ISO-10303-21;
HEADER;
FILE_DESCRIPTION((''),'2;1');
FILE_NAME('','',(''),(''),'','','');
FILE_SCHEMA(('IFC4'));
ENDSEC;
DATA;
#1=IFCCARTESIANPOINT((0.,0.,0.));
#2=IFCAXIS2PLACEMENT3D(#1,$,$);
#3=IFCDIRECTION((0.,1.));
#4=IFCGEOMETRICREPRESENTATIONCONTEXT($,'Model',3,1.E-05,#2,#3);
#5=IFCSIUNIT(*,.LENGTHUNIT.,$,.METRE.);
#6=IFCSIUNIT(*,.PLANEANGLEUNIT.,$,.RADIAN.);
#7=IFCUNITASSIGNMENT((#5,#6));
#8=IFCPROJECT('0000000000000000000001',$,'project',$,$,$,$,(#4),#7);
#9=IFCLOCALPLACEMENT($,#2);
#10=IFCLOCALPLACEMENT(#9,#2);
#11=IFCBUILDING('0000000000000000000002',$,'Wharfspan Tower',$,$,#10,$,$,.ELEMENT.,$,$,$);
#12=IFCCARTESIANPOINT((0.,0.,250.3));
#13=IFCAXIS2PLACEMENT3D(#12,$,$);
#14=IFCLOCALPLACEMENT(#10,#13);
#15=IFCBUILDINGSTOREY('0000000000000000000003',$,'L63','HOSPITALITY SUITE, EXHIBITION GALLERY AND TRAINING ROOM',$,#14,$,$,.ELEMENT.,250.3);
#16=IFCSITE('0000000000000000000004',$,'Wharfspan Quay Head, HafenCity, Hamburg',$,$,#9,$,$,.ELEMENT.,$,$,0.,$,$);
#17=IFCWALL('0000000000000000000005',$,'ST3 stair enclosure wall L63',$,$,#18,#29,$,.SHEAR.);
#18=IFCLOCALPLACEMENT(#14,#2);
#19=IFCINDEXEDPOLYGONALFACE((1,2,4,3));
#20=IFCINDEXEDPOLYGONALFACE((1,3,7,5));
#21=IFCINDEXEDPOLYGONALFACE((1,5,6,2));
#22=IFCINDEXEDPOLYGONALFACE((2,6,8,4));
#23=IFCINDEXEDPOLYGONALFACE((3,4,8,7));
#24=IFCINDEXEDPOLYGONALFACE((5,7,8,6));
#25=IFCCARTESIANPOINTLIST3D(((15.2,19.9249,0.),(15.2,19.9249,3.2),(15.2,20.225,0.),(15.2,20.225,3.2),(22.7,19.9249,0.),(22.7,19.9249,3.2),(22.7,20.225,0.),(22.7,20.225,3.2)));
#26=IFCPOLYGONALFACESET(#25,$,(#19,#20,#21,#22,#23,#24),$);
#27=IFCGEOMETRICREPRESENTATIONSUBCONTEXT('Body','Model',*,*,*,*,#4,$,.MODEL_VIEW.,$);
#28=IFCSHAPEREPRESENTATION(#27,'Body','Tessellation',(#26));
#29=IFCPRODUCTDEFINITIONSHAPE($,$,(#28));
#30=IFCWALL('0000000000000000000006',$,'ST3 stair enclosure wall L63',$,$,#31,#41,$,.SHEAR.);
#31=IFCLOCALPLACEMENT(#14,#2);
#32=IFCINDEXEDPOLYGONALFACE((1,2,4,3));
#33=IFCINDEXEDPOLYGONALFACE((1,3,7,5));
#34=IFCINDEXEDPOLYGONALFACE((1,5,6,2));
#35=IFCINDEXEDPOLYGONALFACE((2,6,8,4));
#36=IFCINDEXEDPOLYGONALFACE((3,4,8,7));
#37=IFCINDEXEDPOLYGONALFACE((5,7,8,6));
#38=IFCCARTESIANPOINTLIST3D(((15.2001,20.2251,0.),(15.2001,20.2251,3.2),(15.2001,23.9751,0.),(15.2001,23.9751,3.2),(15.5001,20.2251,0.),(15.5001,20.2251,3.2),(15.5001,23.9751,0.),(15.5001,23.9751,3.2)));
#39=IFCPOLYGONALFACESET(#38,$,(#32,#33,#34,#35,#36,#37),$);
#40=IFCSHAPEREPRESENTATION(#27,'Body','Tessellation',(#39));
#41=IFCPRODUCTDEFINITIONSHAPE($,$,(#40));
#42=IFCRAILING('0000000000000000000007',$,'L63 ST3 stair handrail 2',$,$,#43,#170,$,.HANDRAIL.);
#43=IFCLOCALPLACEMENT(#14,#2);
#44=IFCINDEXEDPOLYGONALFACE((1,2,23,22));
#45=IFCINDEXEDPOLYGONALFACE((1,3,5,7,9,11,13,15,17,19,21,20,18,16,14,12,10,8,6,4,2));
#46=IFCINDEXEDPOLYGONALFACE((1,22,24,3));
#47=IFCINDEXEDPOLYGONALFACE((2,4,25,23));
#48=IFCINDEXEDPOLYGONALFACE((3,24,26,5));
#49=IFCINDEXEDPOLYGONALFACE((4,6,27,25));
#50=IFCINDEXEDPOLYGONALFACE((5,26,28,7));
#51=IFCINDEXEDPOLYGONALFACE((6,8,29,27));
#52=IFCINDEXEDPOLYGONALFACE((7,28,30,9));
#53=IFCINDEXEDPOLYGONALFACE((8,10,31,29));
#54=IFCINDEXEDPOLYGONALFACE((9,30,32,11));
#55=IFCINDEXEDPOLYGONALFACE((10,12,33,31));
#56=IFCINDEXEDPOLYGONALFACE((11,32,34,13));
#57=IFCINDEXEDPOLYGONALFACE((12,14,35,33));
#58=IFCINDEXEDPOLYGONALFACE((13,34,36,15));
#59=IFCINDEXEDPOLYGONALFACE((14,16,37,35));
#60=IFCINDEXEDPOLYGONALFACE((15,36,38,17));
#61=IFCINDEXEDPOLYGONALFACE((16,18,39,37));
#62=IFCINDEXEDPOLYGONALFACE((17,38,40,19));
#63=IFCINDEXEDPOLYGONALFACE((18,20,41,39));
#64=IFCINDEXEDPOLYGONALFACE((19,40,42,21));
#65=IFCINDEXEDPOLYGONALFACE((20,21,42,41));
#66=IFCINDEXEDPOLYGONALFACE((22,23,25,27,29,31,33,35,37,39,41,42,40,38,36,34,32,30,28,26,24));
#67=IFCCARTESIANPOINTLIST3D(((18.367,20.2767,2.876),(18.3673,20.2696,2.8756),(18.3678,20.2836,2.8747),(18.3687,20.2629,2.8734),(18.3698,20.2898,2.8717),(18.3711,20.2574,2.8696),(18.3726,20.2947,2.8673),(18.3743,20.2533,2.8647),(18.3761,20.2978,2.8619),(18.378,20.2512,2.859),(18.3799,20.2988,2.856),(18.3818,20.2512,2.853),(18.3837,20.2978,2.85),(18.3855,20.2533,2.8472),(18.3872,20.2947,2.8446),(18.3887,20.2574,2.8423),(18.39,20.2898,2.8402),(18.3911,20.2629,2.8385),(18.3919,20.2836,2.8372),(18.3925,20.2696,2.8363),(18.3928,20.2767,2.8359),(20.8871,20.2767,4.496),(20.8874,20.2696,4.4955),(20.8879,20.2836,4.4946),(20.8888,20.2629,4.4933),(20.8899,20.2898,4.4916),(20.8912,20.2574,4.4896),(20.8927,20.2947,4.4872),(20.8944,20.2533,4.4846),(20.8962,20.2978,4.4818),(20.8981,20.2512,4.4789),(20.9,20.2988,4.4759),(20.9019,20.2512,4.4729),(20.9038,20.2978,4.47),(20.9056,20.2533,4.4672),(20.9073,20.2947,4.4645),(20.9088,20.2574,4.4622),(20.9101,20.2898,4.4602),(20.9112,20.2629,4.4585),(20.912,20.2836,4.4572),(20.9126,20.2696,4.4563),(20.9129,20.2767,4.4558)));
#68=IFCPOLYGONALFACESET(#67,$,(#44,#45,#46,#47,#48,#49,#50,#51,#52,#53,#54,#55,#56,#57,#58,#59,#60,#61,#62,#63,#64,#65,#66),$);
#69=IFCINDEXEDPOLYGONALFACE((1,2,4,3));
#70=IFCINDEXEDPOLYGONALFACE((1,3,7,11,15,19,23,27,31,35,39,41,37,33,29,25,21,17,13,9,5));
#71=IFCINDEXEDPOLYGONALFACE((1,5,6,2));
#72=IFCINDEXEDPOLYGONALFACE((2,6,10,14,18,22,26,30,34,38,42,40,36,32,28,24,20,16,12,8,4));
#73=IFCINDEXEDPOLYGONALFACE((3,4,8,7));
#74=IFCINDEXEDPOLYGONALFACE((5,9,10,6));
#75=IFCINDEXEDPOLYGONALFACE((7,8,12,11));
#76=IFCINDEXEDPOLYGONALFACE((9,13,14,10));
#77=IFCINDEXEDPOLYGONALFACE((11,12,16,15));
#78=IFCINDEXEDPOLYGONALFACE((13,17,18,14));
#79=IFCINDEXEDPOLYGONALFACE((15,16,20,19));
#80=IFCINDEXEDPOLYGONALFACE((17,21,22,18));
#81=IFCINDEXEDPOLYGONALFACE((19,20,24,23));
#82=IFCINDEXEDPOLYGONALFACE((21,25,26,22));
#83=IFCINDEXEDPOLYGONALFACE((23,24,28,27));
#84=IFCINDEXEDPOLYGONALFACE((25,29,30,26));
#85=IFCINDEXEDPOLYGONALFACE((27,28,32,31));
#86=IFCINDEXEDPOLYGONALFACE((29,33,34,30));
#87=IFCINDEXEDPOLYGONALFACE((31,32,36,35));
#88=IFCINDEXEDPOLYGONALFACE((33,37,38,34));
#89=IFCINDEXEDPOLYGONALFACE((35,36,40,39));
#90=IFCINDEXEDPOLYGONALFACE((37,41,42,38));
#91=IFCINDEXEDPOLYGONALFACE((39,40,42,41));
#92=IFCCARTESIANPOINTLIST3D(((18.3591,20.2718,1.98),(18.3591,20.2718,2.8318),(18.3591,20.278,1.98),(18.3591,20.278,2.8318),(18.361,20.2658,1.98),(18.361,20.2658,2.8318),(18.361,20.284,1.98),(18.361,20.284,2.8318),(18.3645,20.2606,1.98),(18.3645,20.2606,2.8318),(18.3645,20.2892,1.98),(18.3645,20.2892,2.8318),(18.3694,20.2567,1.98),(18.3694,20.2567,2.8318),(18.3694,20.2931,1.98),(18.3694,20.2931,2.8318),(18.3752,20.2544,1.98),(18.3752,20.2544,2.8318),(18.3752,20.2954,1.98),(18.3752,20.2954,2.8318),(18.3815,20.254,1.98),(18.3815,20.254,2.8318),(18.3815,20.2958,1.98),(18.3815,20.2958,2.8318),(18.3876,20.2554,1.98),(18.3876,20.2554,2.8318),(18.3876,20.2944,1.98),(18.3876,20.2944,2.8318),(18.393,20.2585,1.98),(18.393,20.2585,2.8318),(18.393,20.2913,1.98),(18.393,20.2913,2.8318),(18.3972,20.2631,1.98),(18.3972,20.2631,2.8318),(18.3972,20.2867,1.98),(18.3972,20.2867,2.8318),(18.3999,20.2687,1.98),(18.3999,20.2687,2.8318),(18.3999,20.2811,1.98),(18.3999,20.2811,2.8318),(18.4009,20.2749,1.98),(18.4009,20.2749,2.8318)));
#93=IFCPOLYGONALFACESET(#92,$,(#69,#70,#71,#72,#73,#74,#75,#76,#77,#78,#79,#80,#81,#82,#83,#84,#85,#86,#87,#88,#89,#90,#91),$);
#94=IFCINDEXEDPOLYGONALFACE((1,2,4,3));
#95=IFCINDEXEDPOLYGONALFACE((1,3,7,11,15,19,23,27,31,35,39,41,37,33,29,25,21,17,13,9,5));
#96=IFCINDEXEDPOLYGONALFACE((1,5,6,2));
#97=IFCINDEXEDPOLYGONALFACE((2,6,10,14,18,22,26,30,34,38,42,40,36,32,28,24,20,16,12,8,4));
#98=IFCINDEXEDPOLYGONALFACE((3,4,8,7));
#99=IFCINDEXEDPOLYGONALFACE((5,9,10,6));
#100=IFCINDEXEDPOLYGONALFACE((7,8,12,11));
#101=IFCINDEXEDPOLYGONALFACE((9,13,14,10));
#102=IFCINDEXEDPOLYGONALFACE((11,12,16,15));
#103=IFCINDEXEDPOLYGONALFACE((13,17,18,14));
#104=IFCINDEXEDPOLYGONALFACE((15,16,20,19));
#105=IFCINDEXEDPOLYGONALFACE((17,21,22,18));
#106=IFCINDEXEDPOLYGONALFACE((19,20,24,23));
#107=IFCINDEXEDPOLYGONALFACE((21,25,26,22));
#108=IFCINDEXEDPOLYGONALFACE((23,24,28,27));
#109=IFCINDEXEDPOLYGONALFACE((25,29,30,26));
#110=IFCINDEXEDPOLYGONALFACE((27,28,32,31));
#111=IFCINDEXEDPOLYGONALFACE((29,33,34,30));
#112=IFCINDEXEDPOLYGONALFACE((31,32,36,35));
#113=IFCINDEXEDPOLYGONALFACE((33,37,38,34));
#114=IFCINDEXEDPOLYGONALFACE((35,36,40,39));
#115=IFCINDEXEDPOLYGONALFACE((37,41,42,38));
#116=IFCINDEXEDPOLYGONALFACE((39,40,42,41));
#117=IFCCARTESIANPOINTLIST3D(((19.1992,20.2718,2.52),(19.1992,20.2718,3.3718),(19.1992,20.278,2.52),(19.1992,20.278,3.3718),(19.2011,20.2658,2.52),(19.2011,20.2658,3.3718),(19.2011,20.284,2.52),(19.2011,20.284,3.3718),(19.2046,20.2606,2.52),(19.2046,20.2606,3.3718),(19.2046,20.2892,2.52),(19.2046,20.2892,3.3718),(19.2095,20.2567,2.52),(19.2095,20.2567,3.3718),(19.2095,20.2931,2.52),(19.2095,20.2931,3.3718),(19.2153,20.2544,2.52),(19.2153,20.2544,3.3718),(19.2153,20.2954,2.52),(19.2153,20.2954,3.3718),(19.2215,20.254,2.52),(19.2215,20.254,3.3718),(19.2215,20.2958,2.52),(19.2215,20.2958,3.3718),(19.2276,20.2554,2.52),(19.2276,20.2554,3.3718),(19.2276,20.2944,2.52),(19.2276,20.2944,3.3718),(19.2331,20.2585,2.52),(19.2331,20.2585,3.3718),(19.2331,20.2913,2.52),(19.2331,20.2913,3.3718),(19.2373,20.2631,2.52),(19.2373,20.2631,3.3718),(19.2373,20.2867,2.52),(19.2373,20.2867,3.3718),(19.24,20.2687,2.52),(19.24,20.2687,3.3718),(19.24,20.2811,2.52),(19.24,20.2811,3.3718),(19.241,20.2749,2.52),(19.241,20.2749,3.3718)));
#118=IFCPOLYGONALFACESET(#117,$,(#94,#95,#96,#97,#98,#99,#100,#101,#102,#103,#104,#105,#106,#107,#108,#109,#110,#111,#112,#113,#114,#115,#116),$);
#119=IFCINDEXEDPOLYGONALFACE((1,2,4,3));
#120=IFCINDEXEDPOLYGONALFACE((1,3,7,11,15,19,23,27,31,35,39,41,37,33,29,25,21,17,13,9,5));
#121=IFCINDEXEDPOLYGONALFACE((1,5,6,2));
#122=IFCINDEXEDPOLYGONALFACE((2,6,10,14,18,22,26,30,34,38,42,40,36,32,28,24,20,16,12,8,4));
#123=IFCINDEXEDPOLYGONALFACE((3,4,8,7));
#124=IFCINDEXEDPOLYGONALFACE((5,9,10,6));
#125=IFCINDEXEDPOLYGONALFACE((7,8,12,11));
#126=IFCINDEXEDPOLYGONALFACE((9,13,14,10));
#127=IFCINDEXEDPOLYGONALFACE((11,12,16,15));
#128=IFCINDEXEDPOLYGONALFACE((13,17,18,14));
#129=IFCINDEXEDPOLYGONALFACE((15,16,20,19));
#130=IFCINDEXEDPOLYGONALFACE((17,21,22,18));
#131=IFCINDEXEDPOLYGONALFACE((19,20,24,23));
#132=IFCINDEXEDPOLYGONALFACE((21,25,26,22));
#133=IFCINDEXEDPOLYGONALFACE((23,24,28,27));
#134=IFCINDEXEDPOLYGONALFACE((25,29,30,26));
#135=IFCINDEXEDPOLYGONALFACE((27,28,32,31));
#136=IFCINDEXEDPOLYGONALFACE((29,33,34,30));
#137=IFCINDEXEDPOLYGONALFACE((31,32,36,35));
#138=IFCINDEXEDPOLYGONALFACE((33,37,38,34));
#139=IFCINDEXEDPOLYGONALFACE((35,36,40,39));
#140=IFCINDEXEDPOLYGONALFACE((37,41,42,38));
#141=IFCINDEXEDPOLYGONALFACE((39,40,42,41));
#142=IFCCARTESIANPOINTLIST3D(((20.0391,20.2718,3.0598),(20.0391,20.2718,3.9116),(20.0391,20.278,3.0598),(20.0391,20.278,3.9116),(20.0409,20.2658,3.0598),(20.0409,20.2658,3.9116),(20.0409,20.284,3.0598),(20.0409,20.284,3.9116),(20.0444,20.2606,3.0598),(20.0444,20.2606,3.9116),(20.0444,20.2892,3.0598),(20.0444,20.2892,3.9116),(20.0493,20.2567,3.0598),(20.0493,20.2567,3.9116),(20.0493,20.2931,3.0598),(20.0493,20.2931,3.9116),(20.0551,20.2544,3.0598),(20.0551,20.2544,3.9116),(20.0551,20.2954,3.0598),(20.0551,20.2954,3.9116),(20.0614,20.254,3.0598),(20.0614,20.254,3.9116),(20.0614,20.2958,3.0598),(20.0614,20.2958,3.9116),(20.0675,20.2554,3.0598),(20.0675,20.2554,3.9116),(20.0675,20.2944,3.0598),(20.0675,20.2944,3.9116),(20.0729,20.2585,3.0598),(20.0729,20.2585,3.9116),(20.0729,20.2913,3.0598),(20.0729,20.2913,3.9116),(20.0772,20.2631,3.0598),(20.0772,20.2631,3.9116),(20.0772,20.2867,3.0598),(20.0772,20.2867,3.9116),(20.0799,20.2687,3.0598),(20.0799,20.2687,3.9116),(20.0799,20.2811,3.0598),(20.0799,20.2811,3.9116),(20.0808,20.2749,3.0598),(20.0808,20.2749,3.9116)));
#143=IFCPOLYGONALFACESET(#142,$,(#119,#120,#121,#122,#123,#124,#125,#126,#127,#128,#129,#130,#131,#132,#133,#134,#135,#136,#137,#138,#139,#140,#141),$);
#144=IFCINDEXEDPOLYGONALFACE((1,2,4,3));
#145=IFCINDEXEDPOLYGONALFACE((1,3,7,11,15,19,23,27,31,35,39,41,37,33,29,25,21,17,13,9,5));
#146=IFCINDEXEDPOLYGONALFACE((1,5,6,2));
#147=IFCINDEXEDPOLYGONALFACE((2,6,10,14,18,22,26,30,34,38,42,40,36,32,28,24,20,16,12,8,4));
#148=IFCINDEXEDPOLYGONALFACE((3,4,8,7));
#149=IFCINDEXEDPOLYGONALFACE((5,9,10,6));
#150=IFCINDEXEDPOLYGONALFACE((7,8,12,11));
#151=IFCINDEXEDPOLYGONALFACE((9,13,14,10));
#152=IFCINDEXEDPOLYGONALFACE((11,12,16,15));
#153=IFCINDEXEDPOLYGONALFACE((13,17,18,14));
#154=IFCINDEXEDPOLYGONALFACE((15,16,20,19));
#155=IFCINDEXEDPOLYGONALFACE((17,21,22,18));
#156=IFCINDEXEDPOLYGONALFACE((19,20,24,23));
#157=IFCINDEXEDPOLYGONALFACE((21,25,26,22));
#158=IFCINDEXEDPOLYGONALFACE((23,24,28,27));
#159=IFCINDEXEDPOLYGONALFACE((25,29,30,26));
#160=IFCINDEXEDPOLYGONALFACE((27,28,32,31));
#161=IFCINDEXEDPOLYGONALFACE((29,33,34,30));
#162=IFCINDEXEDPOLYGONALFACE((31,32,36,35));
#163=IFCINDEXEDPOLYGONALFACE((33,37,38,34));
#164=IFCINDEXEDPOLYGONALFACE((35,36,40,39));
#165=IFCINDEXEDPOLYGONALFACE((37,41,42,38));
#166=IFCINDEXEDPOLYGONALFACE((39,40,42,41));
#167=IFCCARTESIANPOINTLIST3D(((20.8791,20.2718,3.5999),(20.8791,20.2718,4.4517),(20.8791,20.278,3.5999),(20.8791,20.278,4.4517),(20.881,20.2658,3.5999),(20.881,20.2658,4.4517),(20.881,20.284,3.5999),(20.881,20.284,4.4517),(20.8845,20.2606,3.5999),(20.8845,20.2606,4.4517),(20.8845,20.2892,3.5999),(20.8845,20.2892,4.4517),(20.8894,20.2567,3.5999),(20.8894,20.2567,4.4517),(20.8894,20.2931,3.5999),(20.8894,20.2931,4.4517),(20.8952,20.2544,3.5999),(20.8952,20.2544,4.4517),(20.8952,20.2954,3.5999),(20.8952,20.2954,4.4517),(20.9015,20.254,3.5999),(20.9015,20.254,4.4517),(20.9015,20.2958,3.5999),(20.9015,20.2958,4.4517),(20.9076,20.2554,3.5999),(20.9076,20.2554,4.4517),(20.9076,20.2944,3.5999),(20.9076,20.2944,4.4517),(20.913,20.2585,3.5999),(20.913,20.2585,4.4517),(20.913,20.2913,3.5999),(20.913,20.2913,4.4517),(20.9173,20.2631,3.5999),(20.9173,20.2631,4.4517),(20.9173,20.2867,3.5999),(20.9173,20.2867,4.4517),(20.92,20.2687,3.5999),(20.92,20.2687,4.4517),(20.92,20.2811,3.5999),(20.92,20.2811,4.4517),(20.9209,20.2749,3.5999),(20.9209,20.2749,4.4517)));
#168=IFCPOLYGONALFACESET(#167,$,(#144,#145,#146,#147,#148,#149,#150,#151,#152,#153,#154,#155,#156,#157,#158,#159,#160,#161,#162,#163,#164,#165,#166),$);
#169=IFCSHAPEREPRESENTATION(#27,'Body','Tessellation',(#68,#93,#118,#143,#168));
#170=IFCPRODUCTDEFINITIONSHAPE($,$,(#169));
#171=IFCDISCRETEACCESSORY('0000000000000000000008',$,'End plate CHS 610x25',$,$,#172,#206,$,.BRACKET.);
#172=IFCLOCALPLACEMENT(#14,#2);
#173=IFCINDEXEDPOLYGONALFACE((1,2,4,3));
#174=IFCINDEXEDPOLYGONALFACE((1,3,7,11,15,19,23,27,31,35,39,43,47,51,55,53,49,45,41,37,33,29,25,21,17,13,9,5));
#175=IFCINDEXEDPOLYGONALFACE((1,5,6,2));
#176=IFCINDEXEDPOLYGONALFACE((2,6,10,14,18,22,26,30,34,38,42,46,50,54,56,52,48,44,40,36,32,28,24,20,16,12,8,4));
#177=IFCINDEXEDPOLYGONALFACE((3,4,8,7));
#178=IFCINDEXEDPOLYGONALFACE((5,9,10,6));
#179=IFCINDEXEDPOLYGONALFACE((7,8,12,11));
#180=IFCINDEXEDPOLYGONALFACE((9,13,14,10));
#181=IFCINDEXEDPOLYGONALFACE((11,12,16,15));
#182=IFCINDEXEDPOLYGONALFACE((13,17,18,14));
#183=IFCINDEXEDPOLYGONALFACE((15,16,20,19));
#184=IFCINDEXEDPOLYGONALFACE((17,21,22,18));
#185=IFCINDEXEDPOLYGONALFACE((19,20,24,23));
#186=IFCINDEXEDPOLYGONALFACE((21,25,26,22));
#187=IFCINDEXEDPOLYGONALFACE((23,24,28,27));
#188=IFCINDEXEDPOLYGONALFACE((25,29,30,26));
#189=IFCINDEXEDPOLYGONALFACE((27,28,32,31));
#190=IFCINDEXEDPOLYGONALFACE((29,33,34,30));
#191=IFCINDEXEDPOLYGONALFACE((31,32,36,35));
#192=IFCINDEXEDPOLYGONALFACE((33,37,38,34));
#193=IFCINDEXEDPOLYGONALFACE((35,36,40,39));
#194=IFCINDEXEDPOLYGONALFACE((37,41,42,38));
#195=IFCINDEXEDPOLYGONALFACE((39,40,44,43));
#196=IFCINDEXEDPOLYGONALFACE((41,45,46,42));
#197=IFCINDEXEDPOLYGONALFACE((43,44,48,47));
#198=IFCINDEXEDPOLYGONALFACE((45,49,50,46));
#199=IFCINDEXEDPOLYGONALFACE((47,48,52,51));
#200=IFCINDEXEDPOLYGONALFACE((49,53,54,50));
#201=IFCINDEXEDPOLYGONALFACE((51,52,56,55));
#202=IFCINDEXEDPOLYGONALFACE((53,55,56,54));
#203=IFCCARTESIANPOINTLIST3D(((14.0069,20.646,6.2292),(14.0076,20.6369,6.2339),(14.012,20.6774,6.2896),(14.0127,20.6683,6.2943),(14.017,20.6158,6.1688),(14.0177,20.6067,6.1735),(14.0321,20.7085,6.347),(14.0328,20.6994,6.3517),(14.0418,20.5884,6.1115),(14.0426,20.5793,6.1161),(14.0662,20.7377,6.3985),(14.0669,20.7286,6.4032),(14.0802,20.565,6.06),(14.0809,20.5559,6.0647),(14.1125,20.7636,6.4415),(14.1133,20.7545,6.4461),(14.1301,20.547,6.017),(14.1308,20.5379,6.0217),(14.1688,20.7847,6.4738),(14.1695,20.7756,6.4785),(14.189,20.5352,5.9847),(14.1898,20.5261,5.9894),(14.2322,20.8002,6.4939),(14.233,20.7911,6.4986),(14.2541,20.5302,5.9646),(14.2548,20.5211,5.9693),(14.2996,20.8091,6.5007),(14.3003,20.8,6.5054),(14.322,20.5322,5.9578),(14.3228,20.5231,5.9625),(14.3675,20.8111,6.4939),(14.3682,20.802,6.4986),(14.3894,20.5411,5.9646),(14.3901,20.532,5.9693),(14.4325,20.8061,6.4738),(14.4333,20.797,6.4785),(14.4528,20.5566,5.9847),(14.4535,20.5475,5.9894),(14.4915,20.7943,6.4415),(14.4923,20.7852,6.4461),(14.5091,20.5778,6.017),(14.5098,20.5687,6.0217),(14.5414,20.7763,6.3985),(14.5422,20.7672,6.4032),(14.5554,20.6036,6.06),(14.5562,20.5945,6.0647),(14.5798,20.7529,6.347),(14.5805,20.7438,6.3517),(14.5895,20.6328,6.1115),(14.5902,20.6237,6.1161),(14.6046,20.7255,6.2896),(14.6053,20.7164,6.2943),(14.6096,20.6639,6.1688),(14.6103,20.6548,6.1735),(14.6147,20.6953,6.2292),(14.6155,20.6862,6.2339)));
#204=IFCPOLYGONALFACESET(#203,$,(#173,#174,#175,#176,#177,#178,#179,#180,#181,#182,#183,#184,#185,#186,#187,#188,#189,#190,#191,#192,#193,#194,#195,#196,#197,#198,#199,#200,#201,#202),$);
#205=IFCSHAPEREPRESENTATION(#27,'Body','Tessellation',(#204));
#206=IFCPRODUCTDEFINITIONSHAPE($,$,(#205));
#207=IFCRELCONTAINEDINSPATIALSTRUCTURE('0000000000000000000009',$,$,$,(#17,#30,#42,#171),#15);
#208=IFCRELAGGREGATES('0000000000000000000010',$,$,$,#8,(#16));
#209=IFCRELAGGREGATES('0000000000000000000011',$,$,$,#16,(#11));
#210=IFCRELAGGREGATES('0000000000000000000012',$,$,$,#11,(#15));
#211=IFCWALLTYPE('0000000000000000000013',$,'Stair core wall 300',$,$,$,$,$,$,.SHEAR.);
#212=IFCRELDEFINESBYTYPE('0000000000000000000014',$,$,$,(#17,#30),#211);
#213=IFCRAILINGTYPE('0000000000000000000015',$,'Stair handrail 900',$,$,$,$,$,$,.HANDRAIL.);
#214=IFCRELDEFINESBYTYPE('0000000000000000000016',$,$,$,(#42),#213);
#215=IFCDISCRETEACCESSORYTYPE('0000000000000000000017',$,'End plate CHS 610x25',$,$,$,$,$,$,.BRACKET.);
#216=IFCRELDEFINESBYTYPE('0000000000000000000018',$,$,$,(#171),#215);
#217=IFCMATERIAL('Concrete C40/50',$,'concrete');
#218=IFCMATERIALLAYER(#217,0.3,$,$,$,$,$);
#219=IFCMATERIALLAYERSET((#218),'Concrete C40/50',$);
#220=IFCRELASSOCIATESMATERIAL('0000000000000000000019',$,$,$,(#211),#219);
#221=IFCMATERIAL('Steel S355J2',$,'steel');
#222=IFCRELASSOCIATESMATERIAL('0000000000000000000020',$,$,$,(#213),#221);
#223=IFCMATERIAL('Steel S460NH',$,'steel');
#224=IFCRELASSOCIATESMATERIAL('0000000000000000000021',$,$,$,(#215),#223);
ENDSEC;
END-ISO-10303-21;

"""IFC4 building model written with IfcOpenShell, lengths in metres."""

from ifc_helpers import new_model, si_unit, direction, frame, frame_2d, origin, origin_2d, place, context, subcontext, project, spatial, rectangle, circle, extrude, material, layer, layer_set, material_profile, profile_set, type_object, element, save


model = new_model("IFC4")

# Units and contexts
model_context = context("Model", 3, precision=1e-05, world=origin(), true_north=direction((0.0, 1.0)))
body_context = subcontext(model_context, "Body", "Model", "MODEL_VIEW")
ifc_project = project(units=[si_unit("LENGTHUNIT", "METRE"), si_unit("PLANEANGLEUNIT", "RADIAN")], contexts=[model_context])

# Site, building, storey
site_placement = place(None, origin())
site = spatial("IfcSite", under=ifc_project, at=site_placement, Name="Wharfspan Quay Head, HafenCity, Hamburg", CompositionType="ELEMENT", RefElevation=0.0)
building_placement = place(site_placement, origin())
building = spatial("IfcBuilding", under=site, at=building_placement, Name="Wharfspan Tower", CompositionType="ELEMENT")
storey_placement = place(building_placement, frame((0.0, 0.0, 250.3)))
storey = spatial("IfcBuildingStorey", under=building, at=storey_placement, Name="L63", Description="HOSPITALITY SUITE, EXHIBITION GALLERY AND TRAINING ROOM", CompositionType="ELEMENT", Elevation=250.3)

# Shared definitions
ifc_material_1 = material(Name="Steel S355J2", Category="steel")

# Shared definitions
ifc_material_2 = material(Name="Steel S460NH", Category="steel")

# Walls
ifc_material_3 = material(Name="Concrete C40/50", Category="concrete")
ifc_layer_1 = layer(ifc_material_3, 0.3)
ifc_layer_set_1 = layer_set([ifc_layer_1], Name="Concrete C40/50")
wall_type_1 = type_object("IfcWallType", Name="Stair core wall 300", PredefinedType="SHEAR", material=ifc_layer_set_1)
wall_1_placement = place(storey_placement, frame((15.2, 20.075, 0.0), z_axis=(0.0, 0.0, 1.0), x_axis=(1.0, 0.0, 0.0)))
element("IfcWall", 1, at=wall_1_placement, inside=storey, type_object=wall_type_1, Name="ST3 stair enclosure wall L63", PredefinedType="SHEAR", context=body_context, shape_type="SweptSolid", body=[
    extrude(rectangle(XDim=7.5, YDim=0.3, at=frame_2d((3.75, 0.0))), origin(), (0.0, 0.0, 1.0), 3.2),
])
wall_2_placement = place(storey_placement, frame((15.3501, 20.2251, 0.0), z_axis=(0.0, 0.0, 1.0), x_axis=(0.0, 1.0, 0.0)))
element("IfcWall", 2, at=wall_2_placement, inside=storey, type_object=wall_type_1, Name="ST3 stair enclosure wall L63", PredefinedType="SHEAR", context=body_context, shape_type="SweptSolid", body=[
    extrude(rectangle(XDim=3.75, YDim=0.3, at=frame_2d((1.875, 0.0))), origin(), (0.0, 0.0, 1.0), 3.2),
])

# Railing
railing_type = type_object("IfcRailingType", Name="Stair handrail 900", PredefinedType="HANDRAIL", material=ifc_material_1)
railing_placement = place(storey_placement, frame((18.3799, 20.2749, 1.98)))
element("IfcRailing", 3, at=railing_placement, inside=storey, type_object=railing_type, Name="L63 ST3 stair handrail 2", PredefinedType="HANDRAIL", context=body_context, shape_type="SweptSolid", body=[
    extrude(circle(Radius=0.0239, at=origin_2d()), frame((0.0, 0.0, 0.876), z_axis=(0.8412, 0.0, 0.540725), x_axis=(0.0, 1.0, 0.0)), (0.0, 0.0, 1.0), 2.9958),
    extrude(circle(Radius=0.021, at=origin_2d()), origin(), (0.0, 0.0, 1.0), 0.8518),
    extrude(circle(Radius=0.021, at=origin_2d()), frame((0.8401, 0.0, 0.54)), (0.0, 0.0, 1.0), 0.8518),
    extrude(circle(Radius=0.021, at=origin_2d()), frame((1.6799, 0.0, 1.0798)), (0.0, 0.0, 1.0), 0.8518),
    extrude(circle(Radius=0.021, at=origin_2d()), frame((2.52, 0.0, 1.6199)), (0.0, 0.0, 1.0), 0.8518),
])

# Discrete accessory
ifc_material_profile_1 = material_profile(ifc_material_2, circle(Radius=0.3049, at=origin_2d()))
ifc_profile_set_1 = profile_set([ifc_material_profile_1], Name="Steel S460NH")
discrete_accessory_type = type_object("IfcDiscreteAccessoryType", Name="End plate CHS 610x25", PredefinedType="BRACKET", material=ifc_profile_set_1)
discrete_accessory_1_placement = place(storey_placement, frame((14.3108, 20.6707, 6.2292), z_axis=(0.07194, -0.887262, 0.455621), x_axis=(0.996733, 0.080816, 0.0)))
element("IfcDiscreteAccessory", 4, at=discrete_accessory_1_placement, inside=storey, type_object=discrete_accessory_type, Name="End plate CHS 610x25", PredefinedType="BRACKET", context=body_context, shape_type="SweptSolid", body=[
    extrude(circle(Radius=0.3049, at=origin_2d()), origin(), (0.0, 0.0, 1.0), 0.0103),
])

save(model, "model.ifc")
